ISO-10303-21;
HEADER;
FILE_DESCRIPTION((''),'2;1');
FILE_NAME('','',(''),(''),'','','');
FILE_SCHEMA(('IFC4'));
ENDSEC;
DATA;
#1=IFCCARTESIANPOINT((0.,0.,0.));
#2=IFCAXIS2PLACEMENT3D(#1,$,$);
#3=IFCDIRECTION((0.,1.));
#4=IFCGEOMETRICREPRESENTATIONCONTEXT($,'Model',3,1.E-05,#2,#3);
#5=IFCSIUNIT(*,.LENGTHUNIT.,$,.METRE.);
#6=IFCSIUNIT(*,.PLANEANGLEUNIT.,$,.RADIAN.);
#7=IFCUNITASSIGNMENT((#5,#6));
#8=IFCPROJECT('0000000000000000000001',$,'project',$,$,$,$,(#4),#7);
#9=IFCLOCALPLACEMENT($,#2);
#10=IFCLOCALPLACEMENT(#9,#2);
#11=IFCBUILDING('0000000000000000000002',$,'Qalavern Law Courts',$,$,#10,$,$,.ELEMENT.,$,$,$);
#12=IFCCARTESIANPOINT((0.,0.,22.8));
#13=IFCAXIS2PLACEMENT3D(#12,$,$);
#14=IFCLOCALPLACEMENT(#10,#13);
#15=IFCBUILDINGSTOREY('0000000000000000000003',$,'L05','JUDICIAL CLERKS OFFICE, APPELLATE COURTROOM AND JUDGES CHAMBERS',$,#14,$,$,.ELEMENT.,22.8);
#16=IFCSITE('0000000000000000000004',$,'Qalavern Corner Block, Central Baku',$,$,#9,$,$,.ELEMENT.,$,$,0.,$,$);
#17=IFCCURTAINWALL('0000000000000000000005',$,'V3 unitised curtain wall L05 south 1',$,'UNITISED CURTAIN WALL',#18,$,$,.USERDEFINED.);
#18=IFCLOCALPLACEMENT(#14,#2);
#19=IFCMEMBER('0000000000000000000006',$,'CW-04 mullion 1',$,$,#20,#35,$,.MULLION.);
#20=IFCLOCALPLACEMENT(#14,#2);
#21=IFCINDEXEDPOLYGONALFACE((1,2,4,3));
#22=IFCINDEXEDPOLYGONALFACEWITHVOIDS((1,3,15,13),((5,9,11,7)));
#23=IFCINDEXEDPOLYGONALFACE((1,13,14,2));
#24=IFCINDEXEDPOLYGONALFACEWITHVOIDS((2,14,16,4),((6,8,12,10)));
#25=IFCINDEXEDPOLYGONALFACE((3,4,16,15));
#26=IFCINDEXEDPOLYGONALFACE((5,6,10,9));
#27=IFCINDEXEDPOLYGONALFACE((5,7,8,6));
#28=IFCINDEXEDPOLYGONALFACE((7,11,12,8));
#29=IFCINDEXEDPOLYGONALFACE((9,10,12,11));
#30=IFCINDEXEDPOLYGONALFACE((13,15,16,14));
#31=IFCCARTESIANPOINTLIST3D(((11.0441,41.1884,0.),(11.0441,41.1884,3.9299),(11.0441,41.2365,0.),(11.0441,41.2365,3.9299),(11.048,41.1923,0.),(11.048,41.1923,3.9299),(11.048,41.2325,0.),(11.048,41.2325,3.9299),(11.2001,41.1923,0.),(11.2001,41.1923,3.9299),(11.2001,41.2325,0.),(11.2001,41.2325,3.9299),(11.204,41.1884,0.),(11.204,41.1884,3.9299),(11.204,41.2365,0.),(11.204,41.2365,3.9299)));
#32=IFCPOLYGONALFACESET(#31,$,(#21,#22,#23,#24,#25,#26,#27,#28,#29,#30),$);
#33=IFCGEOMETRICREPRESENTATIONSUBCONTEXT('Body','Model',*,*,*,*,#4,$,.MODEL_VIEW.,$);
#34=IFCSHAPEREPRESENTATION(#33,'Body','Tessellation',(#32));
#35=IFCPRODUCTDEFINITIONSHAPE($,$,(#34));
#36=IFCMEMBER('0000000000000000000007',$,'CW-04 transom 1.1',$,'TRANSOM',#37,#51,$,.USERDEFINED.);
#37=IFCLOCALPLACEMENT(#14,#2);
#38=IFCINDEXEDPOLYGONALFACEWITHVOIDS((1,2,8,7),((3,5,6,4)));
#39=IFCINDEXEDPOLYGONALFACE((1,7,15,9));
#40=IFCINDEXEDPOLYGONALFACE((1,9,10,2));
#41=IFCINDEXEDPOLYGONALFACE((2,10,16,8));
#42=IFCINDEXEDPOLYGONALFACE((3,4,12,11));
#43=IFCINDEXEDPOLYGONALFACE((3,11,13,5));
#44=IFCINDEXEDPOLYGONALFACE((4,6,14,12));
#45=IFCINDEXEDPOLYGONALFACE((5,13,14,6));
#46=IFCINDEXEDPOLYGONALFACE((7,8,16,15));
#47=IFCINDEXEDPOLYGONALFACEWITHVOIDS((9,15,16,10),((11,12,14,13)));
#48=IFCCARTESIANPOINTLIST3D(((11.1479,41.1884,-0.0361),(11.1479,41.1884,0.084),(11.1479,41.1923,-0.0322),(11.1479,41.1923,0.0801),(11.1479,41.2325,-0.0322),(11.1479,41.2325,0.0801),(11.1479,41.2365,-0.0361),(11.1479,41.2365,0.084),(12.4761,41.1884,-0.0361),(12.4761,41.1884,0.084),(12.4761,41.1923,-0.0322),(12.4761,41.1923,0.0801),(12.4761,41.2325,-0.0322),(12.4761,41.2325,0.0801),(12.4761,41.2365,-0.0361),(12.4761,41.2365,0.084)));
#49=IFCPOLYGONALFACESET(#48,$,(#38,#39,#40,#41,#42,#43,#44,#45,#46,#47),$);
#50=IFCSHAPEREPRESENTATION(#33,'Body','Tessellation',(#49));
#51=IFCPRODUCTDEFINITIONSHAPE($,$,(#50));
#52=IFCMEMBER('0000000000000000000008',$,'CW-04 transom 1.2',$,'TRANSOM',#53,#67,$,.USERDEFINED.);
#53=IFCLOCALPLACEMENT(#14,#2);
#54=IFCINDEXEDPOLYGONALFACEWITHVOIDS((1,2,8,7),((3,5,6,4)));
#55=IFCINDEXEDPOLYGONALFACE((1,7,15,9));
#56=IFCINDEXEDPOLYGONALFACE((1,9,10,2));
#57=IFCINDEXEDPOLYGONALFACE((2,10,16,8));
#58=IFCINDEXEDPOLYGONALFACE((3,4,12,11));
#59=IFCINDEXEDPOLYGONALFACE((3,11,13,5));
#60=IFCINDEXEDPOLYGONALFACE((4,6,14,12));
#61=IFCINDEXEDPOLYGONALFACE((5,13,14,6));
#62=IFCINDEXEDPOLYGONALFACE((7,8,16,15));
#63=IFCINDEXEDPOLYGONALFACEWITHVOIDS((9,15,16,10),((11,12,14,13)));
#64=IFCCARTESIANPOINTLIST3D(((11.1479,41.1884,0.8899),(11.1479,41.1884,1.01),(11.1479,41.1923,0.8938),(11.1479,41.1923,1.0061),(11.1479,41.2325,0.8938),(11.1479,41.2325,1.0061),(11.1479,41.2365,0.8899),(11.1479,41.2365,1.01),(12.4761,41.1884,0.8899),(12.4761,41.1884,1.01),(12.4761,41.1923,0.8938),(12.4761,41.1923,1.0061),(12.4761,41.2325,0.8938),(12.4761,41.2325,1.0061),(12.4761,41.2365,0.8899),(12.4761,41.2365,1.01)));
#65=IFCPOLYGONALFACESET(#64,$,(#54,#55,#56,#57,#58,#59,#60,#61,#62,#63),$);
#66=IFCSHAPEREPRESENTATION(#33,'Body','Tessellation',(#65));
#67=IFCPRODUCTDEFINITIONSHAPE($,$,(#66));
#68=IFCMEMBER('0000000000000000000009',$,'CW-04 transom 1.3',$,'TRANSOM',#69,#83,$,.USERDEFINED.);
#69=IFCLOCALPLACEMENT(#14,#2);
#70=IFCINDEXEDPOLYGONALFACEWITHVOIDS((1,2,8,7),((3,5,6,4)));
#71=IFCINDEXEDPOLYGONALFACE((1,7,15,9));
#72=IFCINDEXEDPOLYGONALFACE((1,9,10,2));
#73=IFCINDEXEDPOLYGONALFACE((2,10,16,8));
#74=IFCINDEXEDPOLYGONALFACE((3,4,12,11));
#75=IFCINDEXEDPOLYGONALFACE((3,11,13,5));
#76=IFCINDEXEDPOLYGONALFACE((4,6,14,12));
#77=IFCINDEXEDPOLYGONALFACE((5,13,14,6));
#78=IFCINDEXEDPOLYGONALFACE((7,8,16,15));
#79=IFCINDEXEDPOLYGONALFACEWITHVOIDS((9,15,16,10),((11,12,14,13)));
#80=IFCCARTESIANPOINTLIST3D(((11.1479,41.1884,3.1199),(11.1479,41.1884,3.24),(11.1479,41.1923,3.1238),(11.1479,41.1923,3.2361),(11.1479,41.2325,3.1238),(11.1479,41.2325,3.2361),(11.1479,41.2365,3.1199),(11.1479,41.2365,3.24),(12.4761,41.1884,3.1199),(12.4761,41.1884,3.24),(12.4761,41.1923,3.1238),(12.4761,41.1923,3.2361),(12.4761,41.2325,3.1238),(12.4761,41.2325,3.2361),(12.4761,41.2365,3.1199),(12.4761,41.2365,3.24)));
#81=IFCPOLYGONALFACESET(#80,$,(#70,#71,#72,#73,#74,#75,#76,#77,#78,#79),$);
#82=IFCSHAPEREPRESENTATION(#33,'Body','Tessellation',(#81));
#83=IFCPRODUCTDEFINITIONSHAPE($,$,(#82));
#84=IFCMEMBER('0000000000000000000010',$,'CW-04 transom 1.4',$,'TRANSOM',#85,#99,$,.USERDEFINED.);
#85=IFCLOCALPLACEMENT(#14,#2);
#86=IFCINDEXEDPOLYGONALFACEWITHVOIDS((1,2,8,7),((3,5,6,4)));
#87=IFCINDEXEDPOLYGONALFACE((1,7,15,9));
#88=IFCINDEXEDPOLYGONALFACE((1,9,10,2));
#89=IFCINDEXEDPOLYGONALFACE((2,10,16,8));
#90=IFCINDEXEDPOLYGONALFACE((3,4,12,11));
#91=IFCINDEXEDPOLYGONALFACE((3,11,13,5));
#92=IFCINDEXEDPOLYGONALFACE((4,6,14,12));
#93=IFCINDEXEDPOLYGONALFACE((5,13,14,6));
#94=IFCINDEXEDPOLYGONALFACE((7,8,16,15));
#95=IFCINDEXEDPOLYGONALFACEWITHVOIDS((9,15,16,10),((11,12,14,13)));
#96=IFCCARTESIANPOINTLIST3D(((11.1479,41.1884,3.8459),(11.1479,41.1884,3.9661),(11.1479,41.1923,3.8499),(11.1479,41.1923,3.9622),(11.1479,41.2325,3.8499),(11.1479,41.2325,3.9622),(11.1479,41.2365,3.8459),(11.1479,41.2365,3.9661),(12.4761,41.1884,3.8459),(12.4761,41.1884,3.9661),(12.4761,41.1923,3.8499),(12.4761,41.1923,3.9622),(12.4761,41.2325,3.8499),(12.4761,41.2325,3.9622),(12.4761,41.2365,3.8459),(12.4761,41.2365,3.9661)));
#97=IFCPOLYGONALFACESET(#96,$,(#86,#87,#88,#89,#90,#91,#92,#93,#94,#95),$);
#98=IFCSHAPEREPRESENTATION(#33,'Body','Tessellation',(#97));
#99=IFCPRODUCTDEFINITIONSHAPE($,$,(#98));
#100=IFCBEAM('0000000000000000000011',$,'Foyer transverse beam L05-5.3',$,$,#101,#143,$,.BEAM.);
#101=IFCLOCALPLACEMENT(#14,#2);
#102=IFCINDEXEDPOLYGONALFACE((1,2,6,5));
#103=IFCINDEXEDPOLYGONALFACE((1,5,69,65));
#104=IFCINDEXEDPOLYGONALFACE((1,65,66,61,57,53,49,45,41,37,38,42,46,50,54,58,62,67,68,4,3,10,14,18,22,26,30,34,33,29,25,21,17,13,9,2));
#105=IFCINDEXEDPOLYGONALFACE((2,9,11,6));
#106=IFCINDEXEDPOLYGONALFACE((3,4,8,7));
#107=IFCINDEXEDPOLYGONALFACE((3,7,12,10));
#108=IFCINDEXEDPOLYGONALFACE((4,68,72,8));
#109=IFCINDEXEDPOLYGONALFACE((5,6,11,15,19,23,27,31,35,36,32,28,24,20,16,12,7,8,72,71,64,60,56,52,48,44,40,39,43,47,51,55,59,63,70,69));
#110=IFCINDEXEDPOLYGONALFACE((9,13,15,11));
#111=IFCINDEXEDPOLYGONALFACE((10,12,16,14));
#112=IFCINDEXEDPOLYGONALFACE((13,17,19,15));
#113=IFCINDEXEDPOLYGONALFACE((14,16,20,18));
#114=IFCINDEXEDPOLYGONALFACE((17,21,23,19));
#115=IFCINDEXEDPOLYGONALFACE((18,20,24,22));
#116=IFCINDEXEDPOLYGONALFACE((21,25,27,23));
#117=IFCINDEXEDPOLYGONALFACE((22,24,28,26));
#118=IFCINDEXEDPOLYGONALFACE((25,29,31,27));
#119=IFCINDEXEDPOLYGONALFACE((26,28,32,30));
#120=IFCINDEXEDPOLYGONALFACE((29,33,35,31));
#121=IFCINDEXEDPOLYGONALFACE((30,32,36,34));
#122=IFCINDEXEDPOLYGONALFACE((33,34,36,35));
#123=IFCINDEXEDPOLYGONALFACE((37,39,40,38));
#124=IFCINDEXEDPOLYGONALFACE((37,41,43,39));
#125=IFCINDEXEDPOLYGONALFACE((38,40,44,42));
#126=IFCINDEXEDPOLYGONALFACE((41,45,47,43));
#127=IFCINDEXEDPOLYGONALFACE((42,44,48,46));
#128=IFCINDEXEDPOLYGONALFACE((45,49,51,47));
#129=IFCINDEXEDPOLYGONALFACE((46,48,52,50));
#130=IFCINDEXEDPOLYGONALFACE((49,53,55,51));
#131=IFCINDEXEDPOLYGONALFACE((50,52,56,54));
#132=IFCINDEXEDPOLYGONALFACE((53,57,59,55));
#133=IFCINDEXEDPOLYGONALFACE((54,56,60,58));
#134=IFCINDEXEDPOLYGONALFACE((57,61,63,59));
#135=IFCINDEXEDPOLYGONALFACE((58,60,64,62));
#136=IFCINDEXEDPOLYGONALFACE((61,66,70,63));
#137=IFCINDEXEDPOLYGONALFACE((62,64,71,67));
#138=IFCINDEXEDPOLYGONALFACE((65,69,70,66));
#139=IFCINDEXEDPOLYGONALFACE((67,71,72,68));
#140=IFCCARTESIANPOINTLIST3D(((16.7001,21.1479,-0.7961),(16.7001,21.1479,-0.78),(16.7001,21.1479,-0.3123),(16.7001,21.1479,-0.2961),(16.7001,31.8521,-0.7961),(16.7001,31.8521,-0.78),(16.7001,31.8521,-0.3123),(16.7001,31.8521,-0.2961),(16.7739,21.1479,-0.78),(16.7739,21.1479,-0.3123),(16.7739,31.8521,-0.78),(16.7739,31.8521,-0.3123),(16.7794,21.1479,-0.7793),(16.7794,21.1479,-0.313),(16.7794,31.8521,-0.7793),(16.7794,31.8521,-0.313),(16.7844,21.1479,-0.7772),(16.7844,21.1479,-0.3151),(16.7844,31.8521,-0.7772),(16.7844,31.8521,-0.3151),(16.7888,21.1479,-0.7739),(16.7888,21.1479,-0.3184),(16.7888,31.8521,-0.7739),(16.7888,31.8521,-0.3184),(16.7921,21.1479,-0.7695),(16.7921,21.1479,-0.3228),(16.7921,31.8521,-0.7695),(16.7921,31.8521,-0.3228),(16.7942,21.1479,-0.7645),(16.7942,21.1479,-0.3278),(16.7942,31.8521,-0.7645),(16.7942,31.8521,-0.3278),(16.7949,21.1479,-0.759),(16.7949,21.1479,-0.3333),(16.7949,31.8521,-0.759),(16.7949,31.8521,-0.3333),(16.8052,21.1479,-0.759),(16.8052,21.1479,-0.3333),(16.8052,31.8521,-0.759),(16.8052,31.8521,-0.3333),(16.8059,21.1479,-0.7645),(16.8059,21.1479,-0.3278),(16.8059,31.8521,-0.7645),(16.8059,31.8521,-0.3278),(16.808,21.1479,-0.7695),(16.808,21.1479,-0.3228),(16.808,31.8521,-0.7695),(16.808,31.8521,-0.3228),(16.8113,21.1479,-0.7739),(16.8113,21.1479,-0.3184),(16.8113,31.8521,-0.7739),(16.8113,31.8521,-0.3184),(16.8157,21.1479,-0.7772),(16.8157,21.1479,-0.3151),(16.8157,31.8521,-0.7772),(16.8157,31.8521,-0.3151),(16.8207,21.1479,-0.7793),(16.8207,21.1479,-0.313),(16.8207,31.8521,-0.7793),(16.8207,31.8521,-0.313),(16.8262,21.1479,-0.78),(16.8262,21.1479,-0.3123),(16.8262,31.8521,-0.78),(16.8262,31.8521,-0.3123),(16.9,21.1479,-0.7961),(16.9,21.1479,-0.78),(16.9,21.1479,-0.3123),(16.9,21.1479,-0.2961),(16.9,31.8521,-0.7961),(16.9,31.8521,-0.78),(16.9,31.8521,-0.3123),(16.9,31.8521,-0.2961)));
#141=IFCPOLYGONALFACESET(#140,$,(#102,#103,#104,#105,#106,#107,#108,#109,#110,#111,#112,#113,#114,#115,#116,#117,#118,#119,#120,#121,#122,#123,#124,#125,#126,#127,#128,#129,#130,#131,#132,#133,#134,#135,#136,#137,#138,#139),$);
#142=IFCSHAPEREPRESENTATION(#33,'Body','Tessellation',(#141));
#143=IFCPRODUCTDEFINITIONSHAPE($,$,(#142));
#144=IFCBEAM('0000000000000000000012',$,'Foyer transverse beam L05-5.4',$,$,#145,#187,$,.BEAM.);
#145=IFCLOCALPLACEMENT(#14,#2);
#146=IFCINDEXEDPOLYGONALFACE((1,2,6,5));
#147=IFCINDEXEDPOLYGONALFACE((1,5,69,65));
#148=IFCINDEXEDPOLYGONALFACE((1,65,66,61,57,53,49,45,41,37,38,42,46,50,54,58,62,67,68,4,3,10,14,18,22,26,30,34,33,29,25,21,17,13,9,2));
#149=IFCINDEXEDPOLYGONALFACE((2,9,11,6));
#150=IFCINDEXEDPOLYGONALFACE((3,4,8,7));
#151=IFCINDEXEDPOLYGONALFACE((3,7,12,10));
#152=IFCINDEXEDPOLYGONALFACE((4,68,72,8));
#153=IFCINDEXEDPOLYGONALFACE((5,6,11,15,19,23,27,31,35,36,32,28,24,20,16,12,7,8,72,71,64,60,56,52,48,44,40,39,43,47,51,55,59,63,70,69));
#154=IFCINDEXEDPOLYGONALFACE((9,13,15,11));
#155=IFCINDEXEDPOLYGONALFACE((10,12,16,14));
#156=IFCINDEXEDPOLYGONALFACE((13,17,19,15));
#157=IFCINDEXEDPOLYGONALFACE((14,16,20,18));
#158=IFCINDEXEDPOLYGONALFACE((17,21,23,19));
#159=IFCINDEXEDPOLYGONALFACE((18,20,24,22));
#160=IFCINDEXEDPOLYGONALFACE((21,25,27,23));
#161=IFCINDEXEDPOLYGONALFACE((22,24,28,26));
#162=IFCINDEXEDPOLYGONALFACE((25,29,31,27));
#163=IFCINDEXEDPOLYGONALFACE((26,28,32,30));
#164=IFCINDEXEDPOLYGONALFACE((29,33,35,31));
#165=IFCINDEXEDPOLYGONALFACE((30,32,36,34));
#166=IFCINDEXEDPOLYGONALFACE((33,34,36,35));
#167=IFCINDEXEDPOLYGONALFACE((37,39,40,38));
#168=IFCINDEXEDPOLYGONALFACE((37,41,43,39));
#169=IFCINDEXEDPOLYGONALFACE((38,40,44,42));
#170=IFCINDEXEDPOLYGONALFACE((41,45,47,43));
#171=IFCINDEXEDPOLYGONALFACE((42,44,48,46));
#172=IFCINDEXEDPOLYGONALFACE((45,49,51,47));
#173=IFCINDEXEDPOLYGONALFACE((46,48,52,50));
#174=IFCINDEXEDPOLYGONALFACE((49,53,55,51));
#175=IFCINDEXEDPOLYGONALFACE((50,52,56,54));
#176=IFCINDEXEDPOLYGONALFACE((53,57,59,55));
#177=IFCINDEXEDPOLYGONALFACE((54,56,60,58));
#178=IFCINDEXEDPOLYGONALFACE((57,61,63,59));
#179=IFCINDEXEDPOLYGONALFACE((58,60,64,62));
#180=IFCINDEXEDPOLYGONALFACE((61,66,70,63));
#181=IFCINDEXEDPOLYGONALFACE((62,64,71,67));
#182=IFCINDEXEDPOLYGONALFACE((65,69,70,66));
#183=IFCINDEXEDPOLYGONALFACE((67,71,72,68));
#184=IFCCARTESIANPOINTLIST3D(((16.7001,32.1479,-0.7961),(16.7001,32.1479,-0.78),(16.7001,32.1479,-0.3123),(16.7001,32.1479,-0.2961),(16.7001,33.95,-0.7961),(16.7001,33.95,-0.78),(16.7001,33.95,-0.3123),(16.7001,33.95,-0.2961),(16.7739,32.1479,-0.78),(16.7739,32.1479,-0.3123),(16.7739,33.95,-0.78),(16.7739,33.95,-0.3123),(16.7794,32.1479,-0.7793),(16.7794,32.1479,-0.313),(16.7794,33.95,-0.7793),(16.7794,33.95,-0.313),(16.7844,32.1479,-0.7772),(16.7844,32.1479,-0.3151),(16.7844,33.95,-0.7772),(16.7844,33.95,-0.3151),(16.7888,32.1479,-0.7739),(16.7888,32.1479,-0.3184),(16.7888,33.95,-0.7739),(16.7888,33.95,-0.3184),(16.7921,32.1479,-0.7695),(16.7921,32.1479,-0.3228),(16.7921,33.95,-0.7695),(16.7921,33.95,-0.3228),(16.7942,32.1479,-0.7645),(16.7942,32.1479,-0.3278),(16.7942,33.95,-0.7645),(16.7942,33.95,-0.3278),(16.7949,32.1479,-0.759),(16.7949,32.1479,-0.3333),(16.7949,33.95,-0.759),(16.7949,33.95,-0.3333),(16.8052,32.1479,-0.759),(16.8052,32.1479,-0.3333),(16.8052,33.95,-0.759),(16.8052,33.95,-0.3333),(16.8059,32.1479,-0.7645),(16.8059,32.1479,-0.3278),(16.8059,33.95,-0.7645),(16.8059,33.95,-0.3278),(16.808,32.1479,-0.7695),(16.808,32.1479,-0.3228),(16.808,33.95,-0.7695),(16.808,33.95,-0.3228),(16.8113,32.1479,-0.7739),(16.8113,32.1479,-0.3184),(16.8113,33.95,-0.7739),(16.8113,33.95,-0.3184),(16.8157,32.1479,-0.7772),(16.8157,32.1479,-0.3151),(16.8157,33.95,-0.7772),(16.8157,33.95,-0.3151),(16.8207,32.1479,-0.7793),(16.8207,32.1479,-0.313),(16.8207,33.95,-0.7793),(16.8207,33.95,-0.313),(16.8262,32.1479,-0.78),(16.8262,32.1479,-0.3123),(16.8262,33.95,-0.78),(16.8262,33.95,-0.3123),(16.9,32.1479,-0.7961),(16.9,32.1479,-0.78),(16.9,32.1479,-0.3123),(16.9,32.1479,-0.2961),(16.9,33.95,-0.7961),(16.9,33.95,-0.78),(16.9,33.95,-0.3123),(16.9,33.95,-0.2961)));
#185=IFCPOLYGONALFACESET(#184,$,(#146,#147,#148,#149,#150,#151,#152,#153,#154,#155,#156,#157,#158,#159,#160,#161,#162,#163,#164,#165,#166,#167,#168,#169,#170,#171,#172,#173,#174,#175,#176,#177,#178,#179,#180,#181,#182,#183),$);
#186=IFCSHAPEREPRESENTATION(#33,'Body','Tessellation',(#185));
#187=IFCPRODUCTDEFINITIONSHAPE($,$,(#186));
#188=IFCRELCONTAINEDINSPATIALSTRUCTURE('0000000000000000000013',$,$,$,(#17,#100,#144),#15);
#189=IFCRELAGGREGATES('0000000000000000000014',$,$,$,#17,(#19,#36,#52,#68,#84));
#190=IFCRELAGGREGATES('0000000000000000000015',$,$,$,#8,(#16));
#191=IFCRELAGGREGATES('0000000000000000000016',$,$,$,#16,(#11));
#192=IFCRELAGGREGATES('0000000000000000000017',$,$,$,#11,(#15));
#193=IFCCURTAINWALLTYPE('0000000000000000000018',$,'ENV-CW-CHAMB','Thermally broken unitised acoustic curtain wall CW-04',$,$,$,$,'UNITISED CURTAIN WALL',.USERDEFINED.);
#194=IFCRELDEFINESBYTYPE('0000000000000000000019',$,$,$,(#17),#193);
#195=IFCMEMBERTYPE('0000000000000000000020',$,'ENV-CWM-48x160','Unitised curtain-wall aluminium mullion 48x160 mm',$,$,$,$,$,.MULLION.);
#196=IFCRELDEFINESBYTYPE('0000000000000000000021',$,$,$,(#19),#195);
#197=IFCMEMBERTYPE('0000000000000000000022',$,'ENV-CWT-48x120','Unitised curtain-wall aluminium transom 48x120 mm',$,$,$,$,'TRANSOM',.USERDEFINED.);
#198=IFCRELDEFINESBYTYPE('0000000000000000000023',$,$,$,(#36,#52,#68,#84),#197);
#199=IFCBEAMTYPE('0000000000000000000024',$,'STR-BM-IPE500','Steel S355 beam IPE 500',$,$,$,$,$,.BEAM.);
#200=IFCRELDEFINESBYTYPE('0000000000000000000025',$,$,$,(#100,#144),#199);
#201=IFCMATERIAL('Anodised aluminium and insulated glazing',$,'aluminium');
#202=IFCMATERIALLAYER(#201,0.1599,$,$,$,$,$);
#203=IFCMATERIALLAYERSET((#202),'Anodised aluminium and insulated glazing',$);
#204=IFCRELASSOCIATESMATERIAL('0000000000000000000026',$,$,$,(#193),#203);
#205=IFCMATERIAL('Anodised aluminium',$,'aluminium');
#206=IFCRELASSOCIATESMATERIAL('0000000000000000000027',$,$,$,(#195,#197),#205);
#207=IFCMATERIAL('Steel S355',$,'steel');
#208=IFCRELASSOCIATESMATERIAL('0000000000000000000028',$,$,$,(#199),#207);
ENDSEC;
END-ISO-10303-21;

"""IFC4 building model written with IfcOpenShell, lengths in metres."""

from ifc_helpers import new_model, si_unit, direction, frame, origin, origin_2d, place, context, subcontext, project, spatial, hollow_rectangle, i_section, extrude, material, layer, layer_set, material_profile, profile_set, type_object, element, aggregate, save


model = new_model("IFC4")

# Units and contexts
model_context = context("Model", 3, precision=1e-05, world=origin(), true_north=direction((0.0, 1.0)))
body_context = subcontext(model_context, "Body", "Model", "MODEL_VIEW")
ifc_project = project(units=[si_unit("LENGTHUNIT", "METRE"), si_unit("PLANEANGLEUNIT", "RADIAN")], contexts=[model_context])

# Site, building, storey
site_placement = place(None, origin())
site = spatial("IfcSite", under=ifc_project, at=site_placement, Name="Qalavern Corner Block, Central Baku", CompositionType="ELEMENT", RefElevation=0.0)
building_placement = place(site_placement, origin())
building = spatial("IfcBuilding", under=site, at=building_placement, Name="Qalavern Law Courts", CompositionType="ELEMENT")
storey_placement = place(building_placement, frame((0.0, 0.0, 22.8)))
storey = spatial("IfcBuildingStorey", under=building, at=storey_placement, Name="L05", Description="JUDICIAL CLERKS OFFICE, APPELLATE COURTROOM AND JUDGES CHAMBERS", CompositionType="ELEMENT", Elevation=22.8)

# Curtain wall, members
ifc_material_1 = material(Name="Anodised aluminium and insulated glazing", Category="aluminium")
ifc_layer_1 = layer(ifc_material_1, 0.1599)
ifc_layer_set_1 = layer_set([ifc_layer_1], Name="Anodised aluminium and insulated glazing")
curtain_wall_type = type_object("IfcCurtainWallType", Name="ENV-CW-CHAMB", Description="Thermally broken unitised acoustic curtain wall CW-04", ElementType="UNITISED CURTAIN WALL", PredefinedType="USERDEFINED", material=ifc_layer_set_1)
curtain_wall_placement = place(storey_placement, origin())
curtain_wall = element("IfcCurtainWall", 1, at=curtain_wall_placement, inside=storey, type_object=curtain_wall_type, Name="V3 unitised curtain wall L05 south 1", ObjectType="UNITISED CURTAIN WALL", PredefinedType="USERDEFINED")
ifc_material_2 = material(Name="Anodised aluminium", Category="aluminium")
ifc_material_profile_1 = material_profile(ifc_material_2, hollow_rectangle(XDim=0.0481, YDim=0.1599, WallThickness=0.0039, at=origin_2d()), Name="ALU MULLION 48x160")
ifc_profile_set_1 = profile_set([ifc_material_profile_1], Name="Anodised aluminium")
member_type_1 = type_object("IfcMemberType", Name="ENV-CWM-48x160", Description="Unitised curtain-wall aluminium mullion 48x160 mm", PredefinedType="MULLION", material=ifc_profile_set_1)
member_1_placement = place(storey_placement, frame((11.124, 41.2124, 0.0), z_axis=(0.0, 0.0, 1.0), x_axis=(0.0, 1.0, 0.0)))
member_1 = element("IfcMember", 2, at=member_1_placement, type_object=member_type_1, Name="CW-04 mullion 1", PredefinedType="MULLION", context=body_context, shape_type="SweptSolid", body=[
    extrude(hollow_rectangle(XDim=0.0481, YDim=0.1599, WallThickness=0.0039, at=origin_2d()), origin(), (0.0, 0.0, 1.0), 3.9299),
])
ifc_material_profile_2 = material_profile(ifc_material_2, hollow_rectangle(XDim=0.0481, YDim=0.1201, WallThickness=0.0039, at=origin_2d()), Name="ALU TRANSOM 48x120")
ifc_profile_set_2 = profile_set([ifc_material_profile_2], Name="Anodised aluminium")
member_type_2 = type_object("IfcMemberType", Name="ENV-CWT-48x120", Description="Unitised curtain-wall aluminium transom 48x120 mm", ElementType="TRANSOM", PredefinedType="USERDEFINED", material=ifc_profile_set_2)
member_2_placement = place(storey_placement, frame((11.1479, 41.2124, 0.0239), z_axis=(1.0, 0.0, 0.0), x_axis=(0.0, 1.0, 0.0)))
member_2 = element("IfcMember", 3, at=member_2_placement, type_object=member_type_2, Name="CW-04 transom 1.1", ObjectType="TRANSOM", PredefinedType="USERDEFINED", context=body_context, shape_type="SweptSolid", body=[
    extrude(hollow_rectangle(XDim=0.0481, YDim=0.1201, WallThickness=0.0039, at=origin_2d()), origin(), (0.0, 0.0, 1.0), 1.3281),
])
member_3_placement = place(storey_placement, frame((11.1479, 41.2124, 0.95), z_axis=(1.0, 0.0, 0.0), x_axis=(0.0, 1.0, 0.0)))
member_3 = element("IfcMember", 4, at=member_3_placement, type_object=member_type_2, Name="CW-04 transom 1.2", ObjectType="TRANSOM", PredefinedType="USERDEFINED", context=body_context, shape_type="SweptSolid", body=[
    extrude(hollow_rectangle(XDim=0.0481, YDim=0.1201, WallThickness=0.0039, at=origin_2d()), origin(), (0.0, 0.0, 1.0), 1.3281),
])
member_4_placement = place(storey_placement, frame((11.1479, 41.2124, 3.1799), z_axis=(1.0, 0.0, 0.0), x_axis=(0.0, 1.0, 0.0)))
member_4 = element("IfcMember", 5, at=member_4_placement, type_object=member_type_2, Name="CW-04 transom 1.3", ObjectType="TRANSOM", PredefinedType="USERDEFINED", context=body_context, shape_type="SweptSolid", body=[
    extrude(hollow_rectangle(XDim=0.0481, YDim=0.1201, WallThickness=0.0039, at=origin_2d()), origin(), (0.0, 0.0, 1.0), 1.3281),
])
member_5_placement = place(storey_placement, frame((11.1479, 41.2124, 3.906), z_axis=(1.0, 0.0, 0.0), x_axis=(0.0, 1.0, 0.0)))
member_5 = element("IfcMember", 6, at=member_5_placement, type_object=member_type_2, Name="CW-04 transom 1.4", ObjectType="TRANSOM", PredefinedType="USERDEFINED", context=body_context, shape_type="SweptSolid", body=[
    extrude(hollow_rectangle(XDim=0.0481, YDim=0.1201, WallThickness=0.0039, at=origin_2d()), origin(), (0.0, 0.0, 1.0), 1.3281),
])

# Beams
ifc_material_3 = material(Name="Steel S355", Category="steel")
ifc_material_profile_3 = material_profile(ifc_material_3, i_section(OverallWidth=0.2, OverallDepth=0.5, WebThickness=0.0103, FlangeThickness=0.0161, FilletRadius=0.021, at=origin_2d()), Name="IPE 500")
ifc_profile_set_3 = profile_set([ifc_material_profile_3], Name="Steel S355")
beam_type_1 = type_object("IfcBeamType", Name="STR-BM-IPE500", Description="Steel S355 beam IPE 500", PredefinedType="BEAM", material=ifc_profile_set_3)
beam_1_placement = place(storey_placement, frame((16.8, 21.1479, -0.5461), z_axis=(0.0, 1.0, 0.0), x_axis=(-1.0, 0.0, 0.0)))
element("IfcBeam", 7, at=beam_1_placement, inside=storey, type_object=beam_type_1, Name="Foyer transverse beam L05-5.3", PredefinedType="BEAM", context=body_context, shape_type="SweptSolid", body=[
    extrude(i_section(OverallWidth=0.2, OverallDepth=0.5, WebThickness=0.0103, FlangeThickness=0.0161, FilletRadius=0.021, at=origin_2d()), origin(), (0.0, 0.0, 1.0), 10.7041),
])
beam_2_placement = place(storey_placement, frame((16.8, 32.1479, -0.5461), z_axis=(0.0, 1.0, 0.0), x_axis=(-1.0, 0.0, 0.0)))
element("IfcBeam", 8, at=beam_2_placement, inside=storey, type_object=beam_type_1, Name="Foyer transverse beam L05-5.4", PredefinedType="BEAM", context=body_context, shape_type="SweptSolid", body=[
    extrude(i_section(OverallWidth=0.2, OverallDepth=0.5, WebThickness=0.0103, FlangeThickness=0.0161, FilletRadius=0.021, at=origin_2d()), origin(), (0.0, 0.0, 1.0), 1.802),
])

aggregate(curtain_wall, [member_1, member_2, member_3, member_4, member_5])

save(model, "model.ifc")
